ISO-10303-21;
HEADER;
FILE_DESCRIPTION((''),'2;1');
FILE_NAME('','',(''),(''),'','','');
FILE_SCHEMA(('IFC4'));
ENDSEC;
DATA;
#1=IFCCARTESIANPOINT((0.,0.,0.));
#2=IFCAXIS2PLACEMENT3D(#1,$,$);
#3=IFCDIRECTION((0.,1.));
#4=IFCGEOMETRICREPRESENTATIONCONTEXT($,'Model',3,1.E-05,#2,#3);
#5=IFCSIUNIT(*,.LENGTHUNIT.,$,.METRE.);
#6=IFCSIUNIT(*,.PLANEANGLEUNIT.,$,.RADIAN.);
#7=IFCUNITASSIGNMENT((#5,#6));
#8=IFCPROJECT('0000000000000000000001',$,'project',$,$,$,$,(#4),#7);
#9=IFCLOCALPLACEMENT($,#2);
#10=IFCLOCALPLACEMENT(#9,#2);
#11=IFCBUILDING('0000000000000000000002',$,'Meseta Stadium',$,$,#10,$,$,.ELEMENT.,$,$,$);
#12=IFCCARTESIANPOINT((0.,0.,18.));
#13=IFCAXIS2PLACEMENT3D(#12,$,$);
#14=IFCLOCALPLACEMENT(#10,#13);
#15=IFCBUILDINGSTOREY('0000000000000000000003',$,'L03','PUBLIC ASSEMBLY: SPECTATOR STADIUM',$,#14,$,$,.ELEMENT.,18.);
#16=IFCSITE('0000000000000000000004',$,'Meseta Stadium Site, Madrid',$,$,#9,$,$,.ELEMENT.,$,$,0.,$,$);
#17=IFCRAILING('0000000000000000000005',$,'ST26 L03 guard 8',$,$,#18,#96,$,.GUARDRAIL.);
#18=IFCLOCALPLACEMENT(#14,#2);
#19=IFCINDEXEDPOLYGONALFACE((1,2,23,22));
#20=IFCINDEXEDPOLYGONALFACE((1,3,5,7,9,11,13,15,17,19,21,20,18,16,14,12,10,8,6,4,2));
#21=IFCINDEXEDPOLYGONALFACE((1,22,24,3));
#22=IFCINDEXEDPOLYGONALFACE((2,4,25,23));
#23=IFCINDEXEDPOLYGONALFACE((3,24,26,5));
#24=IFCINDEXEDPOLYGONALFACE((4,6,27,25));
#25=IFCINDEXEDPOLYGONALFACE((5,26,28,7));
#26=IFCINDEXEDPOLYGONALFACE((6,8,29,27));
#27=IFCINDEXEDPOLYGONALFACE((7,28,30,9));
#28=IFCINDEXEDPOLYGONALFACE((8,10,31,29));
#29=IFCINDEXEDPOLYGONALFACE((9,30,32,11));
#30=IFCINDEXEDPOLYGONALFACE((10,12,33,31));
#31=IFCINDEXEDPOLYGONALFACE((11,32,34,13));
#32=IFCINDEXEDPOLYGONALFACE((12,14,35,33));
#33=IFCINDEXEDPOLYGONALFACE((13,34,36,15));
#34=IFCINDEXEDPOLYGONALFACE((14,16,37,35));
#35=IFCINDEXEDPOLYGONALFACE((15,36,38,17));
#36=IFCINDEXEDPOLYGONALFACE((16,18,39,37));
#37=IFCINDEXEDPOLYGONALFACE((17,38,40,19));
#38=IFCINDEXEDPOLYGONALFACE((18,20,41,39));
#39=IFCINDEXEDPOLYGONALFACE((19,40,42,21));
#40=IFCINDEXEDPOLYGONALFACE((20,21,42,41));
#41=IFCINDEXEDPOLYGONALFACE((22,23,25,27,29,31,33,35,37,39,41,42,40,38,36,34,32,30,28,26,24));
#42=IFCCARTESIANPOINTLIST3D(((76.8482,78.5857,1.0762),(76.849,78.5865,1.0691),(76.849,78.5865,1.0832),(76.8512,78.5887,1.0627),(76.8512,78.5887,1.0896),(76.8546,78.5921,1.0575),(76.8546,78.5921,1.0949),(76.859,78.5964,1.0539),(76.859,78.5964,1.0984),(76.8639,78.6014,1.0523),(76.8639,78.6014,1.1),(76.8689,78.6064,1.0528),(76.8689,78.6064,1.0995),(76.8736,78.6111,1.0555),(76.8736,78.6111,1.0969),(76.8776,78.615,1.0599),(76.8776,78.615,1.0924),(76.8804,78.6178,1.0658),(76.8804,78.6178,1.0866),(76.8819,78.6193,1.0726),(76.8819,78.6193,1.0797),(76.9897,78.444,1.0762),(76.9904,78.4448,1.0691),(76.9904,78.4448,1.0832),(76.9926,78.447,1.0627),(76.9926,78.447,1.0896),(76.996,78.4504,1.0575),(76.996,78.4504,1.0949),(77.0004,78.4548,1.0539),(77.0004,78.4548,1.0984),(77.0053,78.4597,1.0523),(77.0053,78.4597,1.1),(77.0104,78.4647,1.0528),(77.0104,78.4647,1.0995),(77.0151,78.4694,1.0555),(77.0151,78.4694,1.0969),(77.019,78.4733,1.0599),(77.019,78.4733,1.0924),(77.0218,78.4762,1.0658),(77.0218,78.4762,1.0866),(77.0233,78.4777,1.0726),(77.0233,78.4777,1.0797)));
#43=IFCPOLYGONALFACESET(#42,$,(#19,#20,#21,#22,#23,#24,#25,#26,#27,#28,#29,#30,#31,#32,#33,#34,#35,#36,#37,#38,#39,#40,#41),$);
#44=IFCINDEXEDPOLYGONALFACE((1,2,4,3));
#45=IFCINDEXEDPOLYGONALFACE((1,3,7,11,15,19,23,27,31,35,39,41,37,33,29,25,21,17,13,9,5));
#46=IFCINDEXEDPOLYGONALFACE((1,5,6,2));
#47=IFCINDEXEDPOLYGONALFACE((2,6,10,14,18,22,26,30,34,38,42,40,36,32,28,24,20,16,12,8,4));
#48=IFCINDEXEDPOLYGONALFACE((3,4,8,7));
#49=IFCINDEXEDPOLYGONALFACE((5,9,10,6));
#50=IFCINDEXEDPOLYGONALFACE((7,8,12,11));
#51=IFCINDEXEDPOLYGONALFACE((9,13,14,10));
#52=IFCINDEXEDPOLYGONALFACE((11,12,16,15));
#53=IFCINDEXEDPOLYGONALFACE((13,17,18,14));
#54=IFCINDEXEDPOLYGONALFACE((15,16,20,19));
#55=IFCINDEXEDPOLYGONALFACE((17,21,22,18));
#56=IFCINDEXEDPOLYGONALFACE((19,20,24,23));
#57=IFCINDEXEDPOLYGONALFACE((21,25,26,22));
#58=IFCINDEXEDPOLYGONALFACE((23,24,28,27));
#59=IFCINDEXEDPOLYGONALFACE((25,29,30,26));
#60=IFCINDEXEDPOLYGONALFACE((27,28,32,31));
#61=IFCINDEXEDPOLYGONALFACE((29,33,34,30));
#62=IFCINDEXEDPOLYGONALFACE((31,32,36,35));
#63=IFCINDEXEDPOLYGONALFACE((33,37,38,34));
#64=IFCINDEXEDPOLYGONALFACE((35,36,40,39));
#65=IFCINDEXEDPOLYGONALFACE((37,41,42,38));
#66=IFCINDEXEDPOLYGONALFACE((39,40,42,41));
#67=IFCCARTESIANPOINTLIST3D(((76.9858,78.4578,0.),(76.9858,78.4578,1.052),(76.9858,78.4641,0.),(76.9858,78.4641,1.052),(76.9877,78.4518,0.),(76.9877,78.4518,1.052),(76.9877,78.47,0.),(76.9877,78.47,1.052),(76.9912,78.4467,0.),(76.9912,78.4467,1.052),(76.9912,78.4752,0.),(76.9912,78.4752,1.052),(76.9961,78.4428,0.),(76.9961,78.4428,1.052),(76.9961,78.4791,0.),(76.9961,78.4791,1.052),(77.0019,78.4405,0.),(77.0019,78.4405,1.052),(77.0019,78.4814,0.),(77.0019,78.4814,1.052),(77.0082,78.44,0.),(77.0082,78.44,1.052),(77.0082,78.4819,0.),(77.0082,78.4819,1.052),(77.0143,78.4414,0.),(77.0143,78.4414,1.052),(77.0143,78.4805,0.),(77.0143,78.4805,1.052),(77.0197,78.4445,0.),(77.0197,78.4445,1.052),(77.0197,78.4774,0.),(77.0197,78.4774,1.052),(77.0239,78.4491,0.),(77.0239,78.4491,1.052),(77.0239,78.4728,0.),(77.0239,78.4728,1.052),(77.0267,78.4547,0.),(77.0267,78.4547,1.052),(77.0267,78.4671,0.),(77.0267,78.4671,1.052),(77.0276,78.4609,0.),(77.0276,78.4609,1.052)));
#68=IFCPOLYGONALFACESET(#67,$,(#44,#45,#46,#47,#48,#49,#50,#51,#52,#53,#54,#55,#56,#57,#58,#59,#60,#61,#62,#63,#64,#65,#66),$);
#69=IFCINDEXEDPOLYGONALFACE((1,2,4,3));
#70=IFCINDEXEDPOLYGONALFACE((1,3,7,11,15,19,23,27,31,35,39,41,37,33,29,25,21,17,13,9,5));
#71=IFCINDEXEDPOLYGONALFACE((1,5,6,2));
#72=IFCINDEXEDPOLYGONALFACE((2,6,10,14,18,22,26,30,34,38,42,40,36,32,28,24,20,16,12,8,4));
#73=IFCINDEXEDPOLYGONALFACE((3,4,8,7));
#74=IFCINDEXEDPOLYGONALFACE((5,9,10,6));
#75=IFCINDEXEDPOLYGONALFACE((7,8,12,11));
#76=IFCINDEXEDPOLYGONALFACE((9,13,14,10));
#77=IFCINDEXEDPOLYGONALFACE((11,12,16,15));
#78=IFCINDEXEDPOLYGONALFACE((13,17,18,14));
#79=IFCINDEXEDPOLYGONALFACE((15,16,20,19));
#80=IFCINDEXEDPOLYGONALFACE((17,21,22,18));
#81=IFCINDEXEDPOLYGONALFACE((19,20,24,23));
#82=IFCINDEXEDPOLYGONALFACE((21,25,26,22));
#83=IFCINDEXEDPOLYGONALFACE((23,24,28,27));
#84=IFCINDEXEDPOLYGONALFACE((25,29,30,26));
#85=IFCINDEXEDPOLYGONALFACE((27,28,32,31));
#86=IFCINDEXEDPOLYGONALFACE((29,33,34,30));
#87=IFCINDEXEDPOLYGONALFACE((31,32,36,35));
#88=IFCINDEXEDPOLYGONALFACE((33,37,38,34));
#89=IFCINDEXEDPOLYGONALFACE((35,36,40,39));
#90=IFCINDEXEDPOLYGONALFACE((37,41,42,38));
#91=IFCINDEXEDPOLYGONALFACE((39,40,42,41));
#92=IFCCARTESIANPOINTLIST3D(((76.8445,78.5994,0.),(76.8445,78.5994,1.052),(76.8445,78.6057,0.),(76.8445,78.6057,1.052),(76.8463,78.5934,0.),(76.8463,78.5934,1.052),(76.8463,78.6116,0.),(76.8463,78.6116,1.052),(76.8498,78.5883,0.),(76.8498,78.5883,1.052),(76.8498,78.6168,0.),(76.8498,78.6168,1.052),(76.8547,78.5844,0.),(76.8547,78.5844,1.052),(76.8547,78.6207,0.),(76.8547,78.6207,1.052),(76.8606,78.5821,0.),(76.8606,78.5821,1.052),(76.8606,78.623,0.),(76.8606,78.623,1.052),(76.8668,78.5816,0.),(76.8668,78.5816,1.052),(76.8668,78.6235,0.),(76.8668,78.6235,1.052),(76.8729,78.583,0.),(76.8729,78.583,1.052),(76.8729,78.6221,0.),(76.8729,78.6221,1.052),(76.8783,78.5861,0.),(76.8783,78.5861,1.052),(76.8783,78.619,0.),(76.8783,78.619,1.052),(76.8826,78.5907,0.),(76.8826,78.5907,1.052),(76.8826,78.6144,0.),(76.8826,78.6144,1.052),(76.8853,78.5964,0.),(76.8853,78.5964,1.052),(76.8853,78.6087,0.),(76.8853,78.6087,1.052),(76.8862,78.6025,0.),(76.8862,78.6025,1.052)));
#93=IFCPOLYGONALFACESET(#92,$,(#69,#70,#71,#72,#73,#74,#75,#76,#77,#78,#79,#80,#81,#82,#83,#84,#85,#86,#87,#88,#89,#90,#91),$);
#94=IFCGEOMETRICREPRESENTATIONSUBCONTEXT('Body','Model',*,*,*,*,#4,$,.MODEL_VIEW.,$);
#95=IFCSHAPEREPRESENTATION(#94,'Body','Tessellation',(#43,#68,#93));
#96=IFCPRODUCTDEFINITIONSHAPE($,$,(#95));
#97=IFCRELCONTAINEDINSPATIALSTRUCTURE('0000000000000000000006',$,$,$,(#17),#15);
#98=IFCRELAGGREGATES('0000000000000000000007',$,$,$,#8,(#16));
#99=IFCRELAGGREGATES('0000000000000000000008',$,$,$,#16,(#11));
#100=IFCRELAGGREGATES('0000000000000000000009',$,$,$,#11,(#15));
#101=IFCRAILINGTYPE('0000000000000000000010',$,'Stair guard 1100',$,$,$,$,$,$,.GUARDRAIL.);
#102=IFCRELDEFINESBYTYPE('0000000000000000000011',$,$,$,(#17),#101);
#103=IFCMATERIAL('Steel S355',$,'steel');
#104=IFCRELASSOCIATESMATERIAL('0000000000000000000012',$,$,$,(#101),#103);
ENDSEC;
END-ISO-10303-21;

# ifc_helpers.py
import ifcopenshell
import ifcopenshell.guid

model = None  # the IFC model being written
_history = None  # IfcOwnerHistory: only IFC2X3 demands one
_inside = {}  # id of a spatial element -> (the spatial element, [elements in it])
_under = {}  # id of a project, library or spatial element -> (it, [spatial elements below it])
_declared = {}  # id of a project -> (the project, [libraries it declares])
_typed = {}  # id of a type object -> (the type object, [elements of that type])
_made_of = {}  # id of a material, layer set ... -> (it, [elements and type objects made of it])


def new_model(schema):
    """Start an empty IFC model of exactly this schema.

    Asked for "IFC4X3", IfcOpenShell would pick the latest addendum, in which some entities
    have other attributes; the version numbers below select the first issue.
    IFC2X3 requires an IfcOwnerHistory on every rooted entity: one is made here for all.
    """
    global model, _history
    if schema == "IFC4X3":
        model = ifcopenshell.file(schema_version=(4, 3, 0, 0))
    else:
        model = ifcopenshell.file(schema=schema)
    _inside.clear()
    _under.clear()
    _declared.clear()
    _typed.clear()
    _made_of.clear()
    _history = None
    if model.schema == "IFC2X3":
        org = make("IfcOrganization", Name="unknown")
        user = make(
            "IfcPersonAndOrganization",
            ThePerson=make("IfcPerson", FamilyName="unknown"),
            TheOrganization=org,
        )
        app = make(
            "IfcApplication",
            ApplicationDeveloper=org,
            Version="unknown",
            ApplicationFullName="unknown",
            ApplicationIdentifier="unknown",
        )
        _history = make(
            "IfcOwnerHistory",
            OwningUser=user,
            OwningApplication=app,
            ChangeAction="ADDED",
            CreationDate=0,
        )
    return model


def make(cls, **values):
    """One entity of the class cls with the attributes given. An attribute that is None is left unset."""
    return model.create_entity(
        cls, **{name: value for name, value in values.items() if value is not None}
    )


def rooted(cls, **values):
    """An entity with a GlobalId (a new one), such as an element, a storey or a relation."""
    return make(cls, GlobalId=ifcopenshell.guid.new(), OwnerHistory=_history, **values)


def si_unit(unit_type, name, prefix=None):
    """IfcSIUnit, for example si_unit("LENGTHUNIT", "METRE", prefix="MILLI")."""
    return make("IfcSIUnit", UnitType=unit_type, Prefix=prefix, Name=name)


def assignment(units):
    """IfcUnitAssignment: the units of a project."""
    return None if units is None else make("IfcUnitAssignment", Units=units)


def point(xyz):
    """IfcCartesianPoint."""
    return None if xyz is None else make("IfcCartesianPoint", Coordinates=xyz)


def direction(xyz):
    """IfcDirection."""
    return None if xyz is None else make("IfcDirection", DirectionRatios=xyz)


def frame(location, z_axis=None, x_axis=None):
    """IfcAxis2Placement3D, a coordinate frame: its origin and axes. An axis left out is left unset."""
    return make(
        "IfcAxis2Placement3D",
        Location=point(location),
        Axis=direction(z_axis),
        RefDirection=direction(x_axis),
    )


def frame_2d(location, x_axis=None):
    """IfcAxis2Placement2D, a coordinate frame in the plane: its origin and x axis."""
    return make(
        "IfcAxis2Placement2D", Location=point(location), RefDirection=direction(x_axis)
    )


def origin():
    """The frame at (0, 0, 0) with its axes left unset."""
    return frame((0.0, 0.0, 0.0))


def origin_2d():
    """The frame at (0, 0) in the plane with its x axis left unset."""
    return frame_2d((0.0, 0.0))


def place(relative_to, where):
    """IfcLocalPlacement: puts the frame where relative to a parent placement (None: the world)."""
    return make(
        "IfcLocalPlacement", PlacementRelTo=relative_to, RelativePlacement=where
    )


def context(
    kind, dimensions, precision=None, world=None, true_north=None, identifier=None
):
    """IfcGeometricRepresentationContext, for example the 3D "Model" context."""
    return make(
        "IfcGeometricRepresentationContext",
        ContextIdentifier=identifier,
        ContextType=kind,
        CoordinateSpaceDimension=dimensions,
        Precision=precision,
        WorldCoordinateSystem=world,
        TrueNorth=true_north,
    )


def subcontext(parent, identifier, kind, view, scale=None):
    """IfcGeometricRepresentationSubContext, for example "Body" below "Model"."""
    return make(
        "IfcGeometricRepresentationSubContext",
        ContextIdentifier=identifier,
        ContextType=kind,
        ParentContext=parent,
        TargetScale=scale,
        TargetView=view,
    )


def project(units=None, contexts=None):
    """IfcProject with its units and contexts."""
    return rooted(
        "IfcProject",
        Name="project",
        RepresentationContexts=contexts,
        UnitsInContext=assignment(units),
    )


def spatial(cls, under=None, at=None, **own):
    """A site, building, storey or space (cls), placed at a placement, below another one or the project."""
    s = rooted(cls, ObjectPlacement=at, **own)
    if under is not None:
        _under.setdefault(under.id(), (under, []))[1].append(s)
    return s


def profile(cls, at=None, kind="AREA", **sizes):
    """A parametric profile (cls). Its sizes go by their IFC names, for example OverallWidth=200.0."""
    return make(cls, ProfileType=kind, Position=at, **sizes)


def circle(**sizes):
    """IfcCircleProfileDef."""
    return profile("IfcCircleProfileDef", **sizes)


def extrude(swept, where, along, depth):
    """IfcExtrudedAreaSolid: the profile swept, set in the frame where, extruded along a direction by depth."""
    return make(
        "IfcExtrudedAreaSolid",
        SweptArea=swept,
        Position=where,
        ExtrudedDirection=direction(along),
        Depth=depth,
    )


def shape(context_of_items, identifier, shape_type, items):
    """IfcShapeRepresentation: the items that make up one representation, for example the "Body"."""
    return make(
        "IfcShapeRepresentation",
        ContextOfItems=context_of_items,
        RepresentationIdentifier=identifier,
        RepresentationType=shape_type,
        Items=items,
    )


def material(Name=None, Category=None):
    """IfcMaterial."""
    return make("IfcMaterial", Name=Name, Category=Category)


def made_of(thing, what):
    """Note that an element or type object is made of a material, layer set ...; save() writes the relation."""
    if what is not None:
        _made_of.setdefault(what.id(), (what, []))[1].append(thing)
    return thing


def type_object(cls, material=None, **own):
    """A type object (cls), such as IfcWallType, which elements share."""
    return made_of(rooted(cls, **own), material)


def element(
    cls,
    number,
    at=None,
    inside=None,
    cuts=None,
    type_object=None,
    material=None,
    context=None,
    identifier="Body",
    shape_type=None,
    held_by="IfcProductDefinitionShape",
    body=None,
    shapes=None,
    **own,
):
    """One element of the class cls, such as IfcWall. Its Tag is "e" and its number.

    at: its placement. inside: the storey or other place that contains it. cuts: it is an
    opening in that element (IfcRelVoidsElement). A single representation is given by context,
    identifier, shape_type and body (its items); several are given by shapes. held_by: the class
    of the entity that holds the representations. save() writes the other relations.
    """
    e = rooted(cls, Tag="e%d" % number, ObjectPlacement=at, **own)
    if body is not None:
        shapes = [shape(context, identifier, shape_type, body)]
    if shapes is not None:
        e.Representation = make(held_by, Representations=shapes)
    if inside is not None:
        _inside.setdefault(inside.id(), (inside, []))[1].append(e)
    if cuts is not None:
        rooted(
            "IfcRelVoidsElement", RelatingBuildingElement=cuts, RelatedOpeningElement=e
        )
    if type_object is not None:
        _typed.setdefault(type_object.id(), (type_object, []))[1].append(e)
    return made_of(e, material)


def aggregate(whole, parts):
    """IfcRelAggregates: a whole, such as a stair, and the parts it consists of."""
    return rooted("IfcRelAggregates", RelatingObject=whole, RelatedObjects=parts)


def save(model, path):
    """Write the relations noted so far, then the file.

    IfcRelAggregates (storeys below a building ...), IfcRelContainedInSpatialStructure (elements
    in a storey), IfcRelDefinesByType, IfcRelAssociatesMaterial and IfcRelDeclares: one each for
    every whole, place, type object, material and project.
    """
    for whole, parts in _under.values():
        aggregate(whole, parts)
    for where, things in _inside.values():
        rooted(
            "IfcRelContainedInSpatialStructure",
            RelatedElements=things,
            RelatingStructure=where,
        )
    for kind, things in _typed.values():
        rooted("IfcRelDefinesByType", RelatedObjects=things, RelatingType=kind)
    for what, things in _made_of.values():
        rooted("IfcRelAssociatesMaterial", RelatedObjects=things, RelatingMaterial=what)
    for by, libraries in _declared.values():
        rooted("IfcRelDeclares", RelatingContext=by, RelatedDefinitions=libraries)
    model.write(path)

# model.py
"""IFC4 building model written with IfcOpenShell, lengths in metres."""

from ifc_helpers import new_model, si_unit, direction, frame, origin, origin_2d, place, context, subcontext, project, spatial, circle, extrude, material, type_object, element, save


model = new_model("IFC4")

# Units and contexts
model_context = context("Model", 3, precision=1e-05, world=origin(), true_north=direction((0.0, 1.0)))
body_context = subcontext(model_context, "Body", "Model", "MODEL_VIEW")
ifc_project = project(units=[si_unit("LENGTHUNIT", "METRE"), si_unit("PLANEANGLEUNIT", "RADIAN")], contexts=[model_context])

# Site, building, storey
site_placement = place(None, origin())
site = spatial("IfcSite", under=ifc_project, at=site_placement, Name="Meseta Stadium Site, Madrid", CompositionType="ELEMENT", RefElevation=0.0)
building_placement = place(site_placement, origin())
building = spatial("IfcBuilding", under=site, at=building_placement, Name="Meseta Stadium", CompositionType="ELEMENT")
storey_placement = place(building_placement, frame((0.0, 0.0, 18.0)))
storey = spatial("IfcBuildingStorey", under=building, at=storey_placement, Name="L03", Description="PUBLIC ASSEMBLY: SPECTATOR STADIUM", CompositionType="ELEMENT", Elevation=18.0)

# Railing
ifc_material_1 = material(Name="Steel S355", Category="steel")
railing_type_1 = type_object("IfcRailingType", Name="Stair guard 1100", PredefinedType="GUARDRAIL", material=ifc_material_1)
railing_1_placement = place(storey_placement, frame((77.0066, 78.4609, 0.0)))
element("IfcRailing", 1, at=railing_1_placement, inside=storey, type_object=railing_type_1, Name="ST26 L03 guard 8", PredefinedType="GUARDRAIL", context=body_context, shape_type="SweptSolid", body=[
    extrude(circle(Radius=0.0239, at=origin_2d()), frame((0.0, 0.0, 1.0762), z_axis=(-0.706496, 0.707717, 0.0), x_axis=(-0.707717, -0.706496, 0.0)), (0.0, 0.0, 1.0), 0.2002),
    extrude(circle(Radius=0.021, at=origin_2d()), origin(), (0.0, 0.0, 1.0), 1.052),
    extrude(circle(Radius=0.021, at=origin_2d()), frame((-0.1414, 0.1416, 0.0)), (0.0, 0.0, 1.0), 1.052),
])

save(model, "model.ifc")
